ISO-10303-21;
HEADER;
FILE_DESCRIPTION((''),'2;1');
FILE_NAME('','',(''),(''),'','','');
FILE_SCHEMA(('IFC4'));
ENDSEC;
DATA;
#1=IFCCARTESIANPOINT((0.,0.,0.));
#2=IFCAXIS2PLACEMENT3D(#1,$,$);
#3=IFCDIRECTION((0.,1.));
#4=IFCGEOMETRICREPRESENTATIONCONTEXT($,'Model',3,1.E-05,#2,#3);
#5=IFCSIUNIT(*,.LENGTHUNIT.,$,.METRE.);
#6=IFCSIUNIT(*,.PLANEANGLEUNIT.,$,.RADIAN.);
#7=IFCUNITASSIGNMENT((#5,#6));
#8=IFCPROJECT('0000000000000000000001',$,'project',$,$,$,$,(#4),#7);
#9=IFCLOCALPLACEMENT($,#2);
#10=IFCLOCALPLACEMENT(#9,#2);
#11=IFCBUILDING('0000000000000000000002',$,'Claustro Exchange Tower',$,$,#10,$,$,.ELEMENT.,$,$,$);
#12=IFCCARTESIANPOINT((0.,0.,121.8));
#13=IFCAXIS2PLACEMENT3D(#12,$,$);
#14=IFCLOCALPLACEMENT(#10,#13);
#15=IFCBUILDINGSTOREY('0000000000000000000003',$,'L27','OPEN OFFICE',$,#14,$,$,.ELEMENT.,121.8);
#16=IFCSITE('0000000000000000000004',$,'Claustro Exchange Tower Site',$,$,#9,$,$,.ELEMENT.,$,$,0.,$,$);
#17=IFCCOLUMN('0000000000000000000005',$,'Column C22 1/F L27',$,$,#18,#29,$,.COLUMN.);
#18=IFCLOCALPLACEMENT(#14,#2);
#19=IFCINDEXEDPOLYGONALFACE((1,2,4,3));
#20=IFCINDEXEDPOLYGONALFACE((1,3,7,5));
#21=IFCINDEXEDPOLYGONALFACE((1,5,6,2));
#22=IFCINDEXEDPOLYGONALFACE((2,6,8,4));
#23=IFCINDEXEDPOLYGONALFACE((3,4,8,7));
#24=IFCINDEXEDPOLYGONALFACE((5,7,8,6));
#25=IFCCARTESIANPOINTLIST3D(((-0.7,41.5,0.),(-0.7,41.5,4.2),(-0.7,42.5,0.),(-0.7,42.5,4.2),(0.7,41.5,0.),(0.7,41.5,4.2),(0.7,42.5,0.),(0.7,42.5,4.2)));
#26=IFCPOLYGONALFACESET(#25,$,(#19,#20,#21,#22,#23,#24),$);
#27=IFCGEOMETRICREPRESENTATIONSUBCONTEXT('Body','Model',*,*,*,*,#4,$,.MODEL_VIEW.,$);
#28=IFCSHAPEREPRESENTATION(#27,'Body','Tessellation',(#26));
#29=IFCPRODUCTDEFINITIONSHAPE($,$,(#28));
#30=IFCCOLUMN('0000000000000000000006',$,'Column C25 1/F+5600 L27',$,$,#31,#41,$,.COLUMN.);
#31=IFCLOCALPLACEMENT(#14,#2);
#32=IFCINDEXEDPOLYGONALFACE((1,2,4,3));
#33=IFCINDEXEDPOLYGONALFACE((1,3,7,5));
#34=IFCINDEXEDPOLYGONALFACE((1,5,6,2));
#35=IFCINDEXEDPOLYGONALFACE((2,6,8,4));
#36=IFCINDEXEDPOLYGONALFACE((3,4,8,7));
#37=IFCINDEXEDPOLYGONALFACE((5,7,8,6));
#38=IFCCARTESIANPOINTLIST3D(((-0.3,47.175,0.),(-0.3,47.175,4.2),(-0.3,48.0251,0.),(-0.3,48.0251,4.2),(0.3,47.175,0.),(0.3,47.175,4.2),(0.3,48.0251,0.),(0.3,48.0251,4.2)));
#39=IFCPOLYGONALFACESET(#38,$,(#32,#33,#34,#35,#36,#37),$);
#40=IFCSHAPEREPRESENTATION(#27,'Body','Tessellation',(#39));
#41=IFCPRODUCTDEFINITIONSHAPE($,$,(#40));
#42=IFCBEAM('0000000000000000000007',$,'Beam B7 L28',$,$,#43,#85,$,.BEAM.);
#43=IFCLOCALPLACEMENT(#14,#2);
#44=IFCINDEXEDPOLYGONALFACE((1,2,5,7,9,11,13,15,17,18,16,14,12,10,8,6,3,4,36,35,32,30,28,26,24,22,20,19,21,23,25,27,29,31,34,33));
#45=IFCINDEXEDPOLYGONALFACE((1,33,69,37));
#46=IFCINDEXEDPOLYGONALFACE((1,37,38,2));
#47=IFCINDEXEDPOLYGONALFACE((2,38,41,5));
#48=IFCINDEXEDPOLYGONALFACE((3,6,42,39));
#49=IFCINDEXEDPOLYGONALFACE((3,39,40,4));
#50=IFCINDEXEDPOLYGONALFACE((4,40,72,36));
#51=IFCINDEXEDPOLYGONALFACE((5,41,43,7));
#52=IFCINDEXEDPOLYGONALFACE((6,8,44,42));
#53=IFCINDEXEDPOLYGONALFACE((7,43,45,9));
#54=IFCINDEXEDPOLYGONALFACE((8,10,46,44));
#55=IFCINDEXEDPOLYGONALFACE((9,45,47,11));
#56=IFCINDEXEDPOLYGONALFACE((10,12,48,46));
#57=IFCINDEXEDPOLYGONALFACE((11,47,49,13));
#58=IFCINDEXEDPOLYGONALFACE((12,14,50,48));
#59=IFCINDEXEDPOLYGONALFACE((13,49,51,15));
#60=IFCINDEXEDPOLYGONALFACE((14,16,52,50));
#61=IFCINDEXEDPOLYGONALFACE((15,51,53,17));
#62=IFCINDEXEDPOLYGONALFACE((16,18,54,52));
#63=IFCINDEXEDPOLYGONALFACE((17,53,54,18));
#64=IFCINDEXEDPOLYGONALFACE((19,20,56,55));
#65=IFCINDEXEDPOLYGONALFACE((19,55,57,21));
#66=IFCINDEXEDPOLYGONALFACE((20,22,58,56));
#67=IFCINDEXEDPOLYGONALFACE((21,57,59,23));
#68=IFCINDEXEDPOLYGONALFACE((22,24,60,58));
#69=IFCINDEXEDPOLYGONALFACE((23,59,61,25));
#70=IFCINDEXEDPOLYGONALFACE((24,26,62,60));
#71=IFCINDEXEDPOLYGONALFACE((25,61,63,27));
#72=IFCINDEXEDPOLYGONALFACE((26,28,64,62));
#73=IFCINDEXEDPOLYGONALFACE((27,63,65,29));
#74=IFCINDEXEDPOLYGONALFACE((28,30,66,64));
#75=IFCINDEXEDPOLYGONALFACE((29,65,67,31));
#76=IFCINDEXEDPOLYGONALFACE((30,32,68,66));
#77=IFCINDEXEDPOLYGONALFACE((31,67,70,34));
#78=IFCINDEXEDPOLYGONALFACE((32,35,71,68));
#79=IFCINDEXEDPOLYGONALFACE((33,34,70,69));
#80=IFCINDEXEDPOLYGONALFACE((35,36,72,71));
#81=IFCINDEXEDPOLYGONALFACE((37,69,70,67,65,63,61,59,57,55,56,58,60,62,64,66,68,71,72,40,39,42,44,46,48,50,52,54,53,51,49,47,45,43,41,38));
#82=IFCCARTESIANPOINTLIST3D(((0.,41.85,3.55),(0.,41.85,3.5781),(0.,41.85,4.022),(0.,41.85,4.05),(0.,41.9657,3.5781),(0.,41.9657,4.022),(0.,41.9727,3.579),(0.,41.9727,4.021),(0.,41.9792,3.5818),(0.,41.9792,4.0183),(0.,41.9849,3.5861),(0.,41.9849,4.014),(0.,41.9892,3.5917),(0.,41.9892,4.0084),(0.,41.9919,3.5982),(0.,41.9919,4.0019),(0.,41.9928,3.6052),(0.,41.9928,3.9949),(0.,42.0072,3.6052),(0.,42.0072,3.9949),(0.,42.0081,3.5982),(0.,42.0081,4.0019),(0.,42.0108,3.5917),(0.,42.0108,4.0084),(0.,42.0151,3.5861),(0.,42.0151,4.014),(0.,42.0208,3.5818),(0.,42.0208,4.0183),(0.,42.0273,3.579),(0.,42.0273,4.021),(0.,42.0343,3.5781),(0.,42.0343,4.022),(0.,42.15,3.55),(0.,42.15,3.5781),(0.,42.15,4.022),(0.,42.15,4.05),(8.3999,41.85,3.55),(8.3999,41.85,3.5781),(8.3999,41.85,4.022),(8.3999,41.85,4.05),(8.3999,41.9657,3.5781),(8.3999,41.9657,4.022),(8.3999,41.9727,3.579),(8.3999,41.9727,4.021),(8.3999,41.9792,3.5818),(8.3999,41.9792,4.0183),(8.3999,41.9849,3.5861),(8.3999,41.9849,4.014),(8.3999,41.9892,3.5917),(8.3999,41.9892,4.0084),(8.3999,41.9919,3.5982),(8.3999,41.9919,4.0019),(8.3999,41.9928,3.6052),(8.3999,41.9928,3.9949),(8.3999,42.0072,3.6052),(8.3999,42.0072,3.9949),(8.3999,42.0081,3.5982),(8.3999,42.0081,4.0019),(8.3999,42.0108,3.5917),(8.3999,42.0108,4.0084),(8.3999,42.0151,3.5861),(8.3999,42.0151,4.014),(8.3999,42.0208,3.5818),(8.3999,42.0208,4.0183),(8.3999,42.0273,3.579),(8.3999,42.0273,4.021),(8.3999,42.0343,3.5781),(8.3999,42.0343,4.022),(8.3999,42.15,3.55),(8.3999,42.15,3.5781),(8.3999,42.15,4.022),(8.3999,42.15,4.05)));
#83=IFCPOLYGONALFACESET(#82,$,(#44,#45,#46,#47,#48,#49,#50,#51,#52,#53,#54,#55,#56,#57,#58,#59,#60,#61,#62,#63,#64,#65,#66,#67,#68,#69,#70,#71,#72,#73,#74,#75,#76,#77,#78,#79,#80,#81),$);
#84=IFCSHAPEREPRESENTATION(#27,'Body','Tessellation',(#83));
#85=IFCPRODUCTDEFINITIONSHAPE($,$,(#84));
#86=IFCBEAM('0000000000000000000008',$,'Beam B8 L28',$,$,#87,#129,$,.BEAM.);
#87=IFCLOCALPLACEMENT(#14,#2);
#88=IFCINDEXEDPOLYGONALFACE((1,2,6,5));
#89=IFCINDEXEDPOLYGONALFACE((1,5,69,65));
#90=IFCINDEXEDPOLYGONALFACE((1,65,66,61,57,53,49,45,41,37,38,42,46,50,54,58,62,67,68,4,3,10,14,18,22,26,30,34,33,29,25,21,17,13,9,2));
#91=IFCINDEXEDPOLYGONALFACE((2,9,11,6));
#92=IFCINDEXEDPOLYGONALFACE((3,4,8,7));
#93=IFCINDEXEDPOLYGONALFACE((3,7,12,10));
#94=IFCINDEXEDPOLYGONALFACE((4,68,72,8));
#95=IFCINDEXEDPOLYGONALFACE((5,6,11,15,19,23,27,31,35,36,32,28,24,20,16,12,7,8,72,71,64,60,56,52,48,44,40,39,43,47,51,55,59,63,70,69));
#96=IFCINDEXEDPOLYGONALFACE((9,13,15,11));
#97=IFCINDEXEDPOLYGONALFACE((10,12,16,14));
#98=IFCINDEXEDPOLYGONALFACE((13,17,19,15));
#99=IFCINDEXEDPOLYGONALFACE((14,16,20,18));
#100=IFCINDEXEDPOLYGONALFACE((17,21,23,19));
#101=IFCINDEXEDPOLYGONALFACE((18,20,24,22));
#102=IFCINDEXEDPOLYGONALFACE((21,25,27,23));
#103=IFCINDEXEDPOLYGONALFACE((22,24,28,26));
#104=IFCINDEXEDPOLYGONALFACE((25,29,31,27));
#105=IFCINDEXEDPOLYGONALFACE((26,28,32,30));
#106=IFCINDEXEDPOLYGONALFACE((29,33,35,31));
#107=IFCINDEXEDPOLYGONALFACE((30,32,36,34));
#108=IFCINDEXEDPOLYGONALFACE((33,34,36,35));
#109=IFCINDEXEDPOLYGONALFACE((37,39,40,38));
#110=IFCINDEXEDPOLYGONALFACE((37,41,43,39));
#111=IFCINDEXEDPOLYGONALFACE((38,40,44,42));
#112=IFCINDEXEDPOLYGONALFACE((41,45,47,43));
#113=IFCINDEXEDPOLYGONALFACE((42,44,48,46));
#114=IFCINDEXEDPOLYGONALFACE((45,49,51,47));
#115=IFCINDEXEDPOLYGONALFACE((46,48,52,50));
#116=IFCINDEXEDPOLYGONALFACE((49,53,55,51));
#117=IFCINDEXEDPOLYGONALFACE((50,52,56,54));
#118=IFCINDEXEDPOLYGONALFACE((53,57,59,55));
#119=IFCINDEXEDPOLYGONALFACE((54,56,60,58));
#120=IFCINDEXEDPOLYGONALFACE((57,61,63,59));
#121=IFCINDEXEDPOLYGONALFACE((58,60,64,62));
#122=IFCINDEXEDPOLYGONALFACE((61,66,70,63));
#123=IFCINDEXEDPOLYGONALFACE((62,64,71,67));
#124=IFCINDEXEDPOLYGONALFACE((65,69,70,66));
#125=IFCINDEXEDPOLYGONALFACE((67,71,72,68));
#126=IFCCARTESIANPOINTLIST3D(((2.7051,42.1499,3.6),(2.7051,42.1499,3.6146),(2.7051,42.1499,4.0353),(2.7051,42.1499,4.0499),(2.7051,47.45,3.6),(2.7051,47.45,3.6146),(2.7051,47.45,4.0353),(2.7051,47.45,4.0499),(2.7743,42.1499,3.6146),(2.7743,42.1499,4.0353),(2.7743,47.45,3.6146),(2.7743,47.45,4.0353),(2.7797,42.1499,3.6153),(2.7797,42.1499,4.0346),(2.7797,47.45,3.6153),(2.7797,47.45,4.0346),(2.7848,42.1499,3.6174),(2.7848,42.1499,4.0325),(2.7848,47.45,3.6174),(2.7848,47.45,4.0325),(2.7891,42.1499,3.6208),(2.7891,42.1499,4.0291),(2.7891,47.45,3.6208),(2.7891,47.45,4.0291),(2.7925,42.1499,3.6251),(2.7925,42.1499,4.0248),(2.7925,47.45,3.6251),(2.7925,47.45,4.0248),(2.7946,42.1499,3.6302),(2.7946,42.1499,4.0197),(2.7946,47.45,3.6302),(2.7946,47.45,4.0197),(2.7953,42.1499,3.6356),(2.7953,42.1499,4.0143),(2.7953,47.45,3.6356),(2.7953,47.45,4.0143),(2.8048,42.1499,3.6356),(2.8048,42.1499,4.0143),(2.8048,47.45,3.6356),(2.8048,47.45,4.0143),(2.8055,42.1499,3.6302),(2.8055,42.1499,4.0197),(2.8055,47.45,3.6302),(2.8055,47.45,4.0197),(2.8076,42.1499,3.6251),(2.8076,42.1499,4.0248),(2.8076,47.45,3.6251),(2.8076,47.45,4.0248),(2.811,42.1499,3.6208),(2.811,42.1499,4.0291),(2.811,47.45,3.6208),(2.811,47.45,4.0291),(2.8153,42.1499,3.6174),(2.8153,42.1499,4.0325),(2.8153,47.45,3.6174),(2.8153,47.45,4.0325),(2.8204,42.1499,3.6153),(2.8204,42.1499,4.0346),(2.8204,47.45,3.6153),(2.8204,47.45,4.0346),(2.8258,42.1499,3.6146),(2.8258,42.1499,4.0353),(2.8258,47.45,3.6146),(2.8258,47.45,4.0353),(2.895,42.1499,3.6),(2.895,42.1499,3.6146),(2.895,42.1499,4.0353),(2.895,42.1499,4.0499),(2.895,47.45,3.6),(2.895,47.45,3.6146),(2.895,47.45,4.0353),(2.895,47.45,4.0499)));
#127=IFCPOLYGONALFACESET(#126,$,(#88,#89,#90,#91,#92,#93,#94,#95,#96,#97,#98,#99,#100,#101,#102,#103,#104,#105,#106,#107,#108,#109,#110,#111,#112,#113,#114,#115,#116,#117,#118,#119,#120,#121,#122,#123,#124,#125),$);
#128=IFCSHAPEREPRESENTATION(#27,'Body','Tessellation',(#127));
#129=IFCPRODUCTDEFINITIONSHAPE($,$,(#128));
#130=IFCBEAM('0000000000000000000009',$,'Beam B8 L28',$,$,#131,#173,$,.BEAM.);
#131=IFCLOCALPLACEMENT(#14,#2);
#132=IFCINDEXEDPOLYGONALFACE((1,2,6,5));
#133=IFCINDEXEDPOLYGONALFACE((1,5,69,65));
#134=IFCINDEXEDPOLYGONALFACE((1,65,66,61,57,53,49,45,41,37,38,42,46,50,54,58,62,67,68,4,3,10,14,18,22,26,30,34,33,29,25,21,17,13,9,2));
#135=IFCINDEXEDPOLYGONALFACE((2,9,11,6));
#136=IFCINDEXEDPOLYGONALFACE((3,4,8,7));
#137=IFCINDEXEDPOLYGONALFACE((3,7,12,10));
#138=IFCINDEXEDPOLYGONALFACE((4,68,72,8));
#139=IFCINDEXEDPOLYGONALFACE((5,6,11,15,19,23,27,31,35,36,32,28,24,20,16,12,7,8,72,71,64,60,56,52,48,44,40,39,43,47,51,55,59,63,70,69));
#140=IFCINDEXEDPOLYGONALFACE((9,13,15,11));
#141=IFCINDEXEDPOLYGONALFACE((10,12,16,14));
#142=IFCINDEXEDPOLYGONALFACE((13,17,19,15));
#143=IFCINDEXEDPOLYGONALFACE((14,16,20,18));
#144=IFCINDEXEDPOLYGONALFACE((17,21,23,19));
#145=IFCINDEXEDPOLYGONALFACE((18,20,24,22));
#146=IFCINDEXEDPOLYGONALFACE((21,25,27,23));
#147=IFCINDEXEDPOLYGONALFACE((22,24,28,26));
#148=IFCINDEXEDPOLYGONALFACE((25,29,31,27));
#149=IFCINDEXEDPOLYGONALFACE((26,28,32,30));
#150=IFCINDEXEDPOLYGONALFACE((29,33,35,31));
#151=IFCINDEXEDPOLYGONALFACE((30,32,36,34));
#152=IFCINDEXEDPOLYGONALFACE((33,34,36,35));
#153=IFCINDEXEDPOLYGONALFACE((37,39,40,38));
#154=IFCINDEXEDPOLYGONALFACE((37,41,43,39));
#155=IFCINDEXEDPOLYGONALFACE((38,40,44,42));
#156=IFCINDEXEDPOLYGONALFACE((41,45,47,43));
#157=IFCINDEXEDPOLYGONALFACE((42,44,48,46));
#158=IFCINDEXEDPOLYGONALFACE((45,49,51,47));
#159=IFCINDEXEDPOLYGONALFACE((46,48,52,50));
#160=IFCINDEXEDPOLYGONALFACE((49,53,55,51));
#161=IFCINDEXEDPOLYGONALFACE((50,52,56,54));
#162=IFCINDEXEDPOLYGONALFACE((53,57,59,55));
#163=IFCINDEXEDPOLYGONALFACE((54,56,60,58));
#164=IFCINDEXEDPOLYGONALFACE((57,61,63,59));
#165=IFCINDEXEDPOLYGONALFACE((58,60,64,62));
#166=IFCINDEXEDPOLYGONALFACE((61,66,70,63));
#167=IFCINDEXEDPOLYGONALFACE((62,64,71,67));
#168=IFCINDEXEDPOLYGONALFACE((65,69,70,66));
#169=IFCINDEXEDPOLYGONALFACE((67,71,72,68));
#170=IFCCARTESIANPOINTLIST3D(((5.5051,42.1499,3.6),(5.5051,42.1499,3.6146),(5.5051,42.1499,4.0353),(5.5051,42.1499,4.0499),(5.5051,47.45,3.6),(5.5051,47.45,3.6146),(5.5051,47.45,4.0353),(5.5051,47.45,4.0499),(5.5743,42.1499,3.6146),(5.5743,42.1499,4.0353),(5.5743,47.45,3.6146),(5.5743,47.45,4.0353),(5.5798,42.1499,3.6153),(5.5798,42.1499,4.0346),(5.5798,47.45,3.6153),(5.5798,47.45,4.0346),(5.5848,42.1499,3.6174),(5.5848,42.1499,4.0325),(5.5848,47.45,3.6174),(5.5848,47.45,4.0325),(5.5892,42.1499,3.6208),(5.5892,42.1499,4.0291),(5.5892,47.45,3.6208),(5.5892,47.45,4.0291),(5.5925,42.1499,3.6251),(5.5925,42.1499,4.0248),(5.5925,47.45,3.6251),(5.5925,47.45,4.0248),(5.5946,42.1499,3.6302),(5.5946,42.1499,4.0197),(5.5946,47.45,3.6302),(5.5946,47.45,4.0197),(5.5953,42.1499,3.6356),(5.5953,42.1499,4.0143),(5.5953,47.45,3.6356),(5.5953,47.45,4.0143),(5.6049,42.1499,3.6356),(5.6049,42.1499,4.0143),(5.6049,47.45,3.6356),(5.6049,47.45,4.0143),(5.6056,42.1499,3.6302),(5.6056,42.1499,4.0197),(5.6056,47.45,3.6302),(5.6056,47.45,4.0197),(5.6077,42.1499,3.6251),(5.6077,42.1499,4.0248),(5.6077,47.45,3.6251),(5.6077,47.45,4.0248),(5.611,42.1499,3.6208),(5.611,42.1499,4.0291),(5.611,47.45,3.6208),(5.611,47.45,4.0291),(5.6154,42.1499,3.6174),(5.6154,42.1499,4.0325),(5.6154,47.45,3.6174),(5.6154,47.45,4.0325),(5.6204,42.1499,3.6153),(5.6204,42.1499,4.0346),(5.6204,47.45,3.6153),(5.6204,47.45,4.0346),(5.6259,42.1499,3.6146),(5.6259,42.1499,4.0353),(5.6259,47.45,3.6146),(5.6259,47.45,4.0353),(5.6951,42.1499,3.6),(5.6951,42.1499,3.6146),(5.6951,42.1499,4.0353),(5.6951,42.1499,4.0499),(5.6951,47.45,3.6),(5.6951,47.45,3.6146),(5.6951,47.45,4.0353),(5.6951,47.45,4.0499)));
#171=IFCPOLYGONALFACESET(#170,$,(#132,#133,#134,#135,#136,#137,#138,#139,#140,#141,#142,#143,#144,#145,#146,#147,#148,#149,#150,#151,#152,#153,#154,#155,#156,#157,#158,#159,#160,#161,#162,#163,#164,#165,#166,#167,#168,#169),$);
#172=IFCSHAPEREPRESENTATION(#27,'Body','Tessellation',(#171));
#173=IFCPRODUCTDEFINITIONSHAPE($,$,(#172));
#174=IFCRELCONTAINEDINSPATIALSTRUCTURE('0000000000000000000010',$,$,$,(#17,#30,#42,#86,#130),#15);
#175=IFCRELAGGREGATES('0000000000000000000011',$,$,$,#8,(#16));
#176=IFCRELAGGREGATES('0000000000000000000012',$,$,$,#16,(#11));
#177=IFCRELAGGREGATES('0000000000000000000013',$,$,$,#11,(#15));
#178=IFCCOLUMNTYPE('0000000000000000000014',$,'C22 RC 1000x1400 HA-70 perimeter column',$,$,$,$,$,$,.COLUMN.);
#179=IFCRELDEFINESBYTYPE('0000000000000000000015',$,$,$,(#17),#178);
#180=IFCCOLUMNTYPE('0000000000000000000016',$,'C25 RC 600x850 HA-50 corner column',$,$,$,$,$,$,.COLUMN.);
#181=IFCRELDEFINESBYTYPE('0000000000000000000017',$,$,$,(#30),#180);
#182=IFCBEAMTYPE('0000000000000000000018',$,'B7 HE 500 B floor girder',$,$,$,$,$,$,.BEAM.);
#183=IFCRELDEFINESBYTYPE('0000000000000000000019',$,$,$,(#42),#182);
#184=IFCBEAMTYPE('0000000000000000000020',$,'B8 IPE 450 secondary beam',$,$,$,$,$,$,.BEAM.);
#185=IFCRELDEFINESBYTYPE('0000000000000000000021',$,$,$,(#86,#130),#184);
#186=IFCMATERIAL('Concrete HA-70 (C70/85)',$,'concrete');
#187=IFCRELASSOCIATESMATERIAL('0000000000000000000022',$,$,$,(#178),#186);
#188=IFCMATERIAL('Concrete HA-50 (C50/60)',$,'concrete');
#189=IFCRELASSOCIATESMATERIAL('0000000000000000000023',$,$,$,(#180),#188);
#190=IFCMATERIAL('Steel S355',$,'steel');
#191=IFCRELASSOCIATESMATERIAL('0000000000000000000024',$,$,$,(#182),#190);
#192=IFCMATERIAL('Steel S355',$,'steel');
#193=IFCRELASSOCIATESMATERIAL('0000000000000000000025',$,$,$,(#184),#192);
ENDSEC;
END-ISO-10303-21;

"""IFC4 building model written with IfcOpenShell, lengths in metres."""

from ifc_helpers import new_model, si_unit, direction, frame, origin, origin_2d, place, context, subcontext, project, spatial, rectangle, i_section, extrude, material, material_profile, profile_set, type_object, element, save


model = new_model("IFC4")

# Units and contexts
model_context = context("Model", 3, precision=1e-05, world=origin(), true_north=direction((0.0, 1.0)))
body_context = subcontext(model_context, "Body", "Model", "MODEL_VIEW")
ifc_project = project(units=[si_unit("LENGTHUNIT", "METRE"), si_unit("PLANEANGLEUNIT", "RADIAN")], contexts=[model_context])

# Site, building, storey
site_placement = place(None, origin())
site = spatial("IfcSite", under=ifc_project, at=site_placement, Name="Claustro Exchange Tower Site", CompositionType="ELEMENT", RefElevation=0.0)
building_placement = place(site_placement, origin())
building = spatial("IfcBuilding", under=site, at=building_placement, Name="Claustro Exchange Tower", CompositionType="ELEMENT")
storey_placement = place(building_placement, frame((0.0, 0.0, 121.8)))
storey = spatial("IfcBuildingStorey", under=building, at=storey_placement, Name="L27", Description="OPEN OFFICE", CompositionType="ELEMENT", Elevation=121.8)

# Columns
ifc_material_1 = material(Name="Concrete HA-70 (C70/85)", Category="concrete")
ifc_material_profile_1 = material_profile(ifc_material_1, rectangle(XDim=1.0, YDim=1.3999, at=origin_2d()), Name="RC 1000x1400")
ifc_profile_set_1 = profile_set([ifc_material_profile_1], Name="Concrete HA-70 (C70/85)")
column_type_1 = type_object("IfcColumnType", Name="C22 RC 1000x1400 HA-70 perimeter column", PredefinedType="COLUMN", material=ifc_profile_set_1)
column_1_placement = place(storey_placement, frame((0.0, 42.0, 0.0), z_axis=(0.0, 0.0, 1.0), x_axis=(0.0, 1.0, 0.0)))
element("IfcColumn", 1, at=column_1_placement, inside=storey, type_object=column_type_1, Name="Column C22 1/F L27", PredefinedType="COLUMN", context=body_context, shape_type="SweptSolid", body=[
    extrude(rectangle(XDim=1.0, YDim=1.3999, at=origin_2d()), origin(), (0.0, 0.0, 1.0), 4.2),
])
ifc_material_2 = material(Name="Concrete HA-50 (C50/60)", Category="concrete")
ifc_material_profile_2 = material_profile(ifc_material_2, rectangle(XDim=0.6001, YDim=0.8501, at=origin_2d()), Name="RC 600x850")
ifc_profile_set_2 = profile_set([ifc_material_profile_2], Name="Concrete HA-50 (C50/60)")
column_type_2 = type_object("IfcColumnType", Name="C25 RC 600x850 HA-50 corner column", PredefinedType="COLUMN", material=ifc_profile_set_2)
column_2_placement = place(storey_placement, frame((0.0, 47.6001, 0.0), z_axis=(0.0, 0.0, 1.0), x_axis=(1.0, 0.0, 0.0)))
element("IfcColumn", 2, at=column_2_placement, inside=storey, type_object=column_type_2, Name="Column C25 1/F+5600 L27", PredefinedType="COLUMN", context=body_context, shape_type="SweptSolid", body=[
    extrude(rectangle(XDim=0.6001, YDim=0.8501, at=origin_2d()), origin(), (0.0, 0.0, 1.0), 4.2),
])

# Beams
ifc_material_3 = material(Name="Steel S355", Category="steel")
ifc_material_profile_3 = material_profile(ifc_material_3, i_section(OverallWidth=0.3, OverallDepth=0.5, WebThickness=0.0144, FlangeThickness=0.0281, FilletRadius=0.0271, at=origin_2d()), Name="HE 500 B")
ifc_profile_set_3 = profile_set([ifc_material_profile_3], Name="Steel S355")
beam_type_1 = type_object("IfcBeamType", Name="B7 HE 500 B floor girder", PredefinedType="BEAM", material=ifc_profile_set_3)
beam_1_placement = place(storey_placement, frame((0.0, 42.0, 3.8), z_axis=(1.0, 0.0, 0.0), x_axis=(0.0, 1.0, 0.0)))
element("IfcBeam", 3, at=beam_1_placement, inside=storey, type_object=beam_type_1, Name="Beam B7 L28", PredefinedType="BEAM", context=body_context, shape_type="SweptSolid", body=[
    extrude(i_section(OverallWidth=0.3, OverallDepth=0.5, WebThickness=0.0144, FlangeThickness=0.0281, FilletRadius=0.0271, at=origin_2d()), origin(), (0.0, 0.0, 1.0), 8.3999),
])
ifc_material_4 = material(Name="Steel S355", Category="steel")
ifc_material_profile_4 = material_profile(ifc_material_4, i_section(OverallWidth=0.1899, OverallDepth=0.45, WebThickness=0.0095, FlangeThickness=0.0146, FilletRadius=0.021, at=origin_2d()), Name="IPE 450")
ifc_profile_set_4 = profile_set([ifc_material_profile_4], Name="Steel S355")
beam_type_2 = type_object("IfcBeamType", Name="B8 IPE 450 secondary beam", PredefinedType="BEAM", material=ifc_profile_set_4)
for number, where, z_axis, x_axis, name in (
    (4, (2.8, 42.1499, 3.825), (0.0, 1.0, 0.0), (-1.0, 0.0, 0.0), "Beam B8 L28"),
    (5, (5.6001, 42.1499, 3.825), (0.0, 1.0, 0.0), (-1.0, 0.0, 0.0), "Beam B8 L28"),
):
    element("IfcBeam", number, at=place(storey_placement, frame(where, z_axis=z_axis, x_axis=x_axis)), inside=storey, type_object=beam_type_2, Name=name, PredefinedType="BEAM", context=body_context, shape_type="SweptSolid", body=[
        extrude(i_section(OverallWidth=0.1899, OverallDepth=0.45, WebThickness=0.0095, FlangeThickness=0.0146, FilletRadius=0.021, at=origin_2d()), origin(), (0.0, 0.0, 1.0), 5.3),
    ])

save(model, "model.ifc")
